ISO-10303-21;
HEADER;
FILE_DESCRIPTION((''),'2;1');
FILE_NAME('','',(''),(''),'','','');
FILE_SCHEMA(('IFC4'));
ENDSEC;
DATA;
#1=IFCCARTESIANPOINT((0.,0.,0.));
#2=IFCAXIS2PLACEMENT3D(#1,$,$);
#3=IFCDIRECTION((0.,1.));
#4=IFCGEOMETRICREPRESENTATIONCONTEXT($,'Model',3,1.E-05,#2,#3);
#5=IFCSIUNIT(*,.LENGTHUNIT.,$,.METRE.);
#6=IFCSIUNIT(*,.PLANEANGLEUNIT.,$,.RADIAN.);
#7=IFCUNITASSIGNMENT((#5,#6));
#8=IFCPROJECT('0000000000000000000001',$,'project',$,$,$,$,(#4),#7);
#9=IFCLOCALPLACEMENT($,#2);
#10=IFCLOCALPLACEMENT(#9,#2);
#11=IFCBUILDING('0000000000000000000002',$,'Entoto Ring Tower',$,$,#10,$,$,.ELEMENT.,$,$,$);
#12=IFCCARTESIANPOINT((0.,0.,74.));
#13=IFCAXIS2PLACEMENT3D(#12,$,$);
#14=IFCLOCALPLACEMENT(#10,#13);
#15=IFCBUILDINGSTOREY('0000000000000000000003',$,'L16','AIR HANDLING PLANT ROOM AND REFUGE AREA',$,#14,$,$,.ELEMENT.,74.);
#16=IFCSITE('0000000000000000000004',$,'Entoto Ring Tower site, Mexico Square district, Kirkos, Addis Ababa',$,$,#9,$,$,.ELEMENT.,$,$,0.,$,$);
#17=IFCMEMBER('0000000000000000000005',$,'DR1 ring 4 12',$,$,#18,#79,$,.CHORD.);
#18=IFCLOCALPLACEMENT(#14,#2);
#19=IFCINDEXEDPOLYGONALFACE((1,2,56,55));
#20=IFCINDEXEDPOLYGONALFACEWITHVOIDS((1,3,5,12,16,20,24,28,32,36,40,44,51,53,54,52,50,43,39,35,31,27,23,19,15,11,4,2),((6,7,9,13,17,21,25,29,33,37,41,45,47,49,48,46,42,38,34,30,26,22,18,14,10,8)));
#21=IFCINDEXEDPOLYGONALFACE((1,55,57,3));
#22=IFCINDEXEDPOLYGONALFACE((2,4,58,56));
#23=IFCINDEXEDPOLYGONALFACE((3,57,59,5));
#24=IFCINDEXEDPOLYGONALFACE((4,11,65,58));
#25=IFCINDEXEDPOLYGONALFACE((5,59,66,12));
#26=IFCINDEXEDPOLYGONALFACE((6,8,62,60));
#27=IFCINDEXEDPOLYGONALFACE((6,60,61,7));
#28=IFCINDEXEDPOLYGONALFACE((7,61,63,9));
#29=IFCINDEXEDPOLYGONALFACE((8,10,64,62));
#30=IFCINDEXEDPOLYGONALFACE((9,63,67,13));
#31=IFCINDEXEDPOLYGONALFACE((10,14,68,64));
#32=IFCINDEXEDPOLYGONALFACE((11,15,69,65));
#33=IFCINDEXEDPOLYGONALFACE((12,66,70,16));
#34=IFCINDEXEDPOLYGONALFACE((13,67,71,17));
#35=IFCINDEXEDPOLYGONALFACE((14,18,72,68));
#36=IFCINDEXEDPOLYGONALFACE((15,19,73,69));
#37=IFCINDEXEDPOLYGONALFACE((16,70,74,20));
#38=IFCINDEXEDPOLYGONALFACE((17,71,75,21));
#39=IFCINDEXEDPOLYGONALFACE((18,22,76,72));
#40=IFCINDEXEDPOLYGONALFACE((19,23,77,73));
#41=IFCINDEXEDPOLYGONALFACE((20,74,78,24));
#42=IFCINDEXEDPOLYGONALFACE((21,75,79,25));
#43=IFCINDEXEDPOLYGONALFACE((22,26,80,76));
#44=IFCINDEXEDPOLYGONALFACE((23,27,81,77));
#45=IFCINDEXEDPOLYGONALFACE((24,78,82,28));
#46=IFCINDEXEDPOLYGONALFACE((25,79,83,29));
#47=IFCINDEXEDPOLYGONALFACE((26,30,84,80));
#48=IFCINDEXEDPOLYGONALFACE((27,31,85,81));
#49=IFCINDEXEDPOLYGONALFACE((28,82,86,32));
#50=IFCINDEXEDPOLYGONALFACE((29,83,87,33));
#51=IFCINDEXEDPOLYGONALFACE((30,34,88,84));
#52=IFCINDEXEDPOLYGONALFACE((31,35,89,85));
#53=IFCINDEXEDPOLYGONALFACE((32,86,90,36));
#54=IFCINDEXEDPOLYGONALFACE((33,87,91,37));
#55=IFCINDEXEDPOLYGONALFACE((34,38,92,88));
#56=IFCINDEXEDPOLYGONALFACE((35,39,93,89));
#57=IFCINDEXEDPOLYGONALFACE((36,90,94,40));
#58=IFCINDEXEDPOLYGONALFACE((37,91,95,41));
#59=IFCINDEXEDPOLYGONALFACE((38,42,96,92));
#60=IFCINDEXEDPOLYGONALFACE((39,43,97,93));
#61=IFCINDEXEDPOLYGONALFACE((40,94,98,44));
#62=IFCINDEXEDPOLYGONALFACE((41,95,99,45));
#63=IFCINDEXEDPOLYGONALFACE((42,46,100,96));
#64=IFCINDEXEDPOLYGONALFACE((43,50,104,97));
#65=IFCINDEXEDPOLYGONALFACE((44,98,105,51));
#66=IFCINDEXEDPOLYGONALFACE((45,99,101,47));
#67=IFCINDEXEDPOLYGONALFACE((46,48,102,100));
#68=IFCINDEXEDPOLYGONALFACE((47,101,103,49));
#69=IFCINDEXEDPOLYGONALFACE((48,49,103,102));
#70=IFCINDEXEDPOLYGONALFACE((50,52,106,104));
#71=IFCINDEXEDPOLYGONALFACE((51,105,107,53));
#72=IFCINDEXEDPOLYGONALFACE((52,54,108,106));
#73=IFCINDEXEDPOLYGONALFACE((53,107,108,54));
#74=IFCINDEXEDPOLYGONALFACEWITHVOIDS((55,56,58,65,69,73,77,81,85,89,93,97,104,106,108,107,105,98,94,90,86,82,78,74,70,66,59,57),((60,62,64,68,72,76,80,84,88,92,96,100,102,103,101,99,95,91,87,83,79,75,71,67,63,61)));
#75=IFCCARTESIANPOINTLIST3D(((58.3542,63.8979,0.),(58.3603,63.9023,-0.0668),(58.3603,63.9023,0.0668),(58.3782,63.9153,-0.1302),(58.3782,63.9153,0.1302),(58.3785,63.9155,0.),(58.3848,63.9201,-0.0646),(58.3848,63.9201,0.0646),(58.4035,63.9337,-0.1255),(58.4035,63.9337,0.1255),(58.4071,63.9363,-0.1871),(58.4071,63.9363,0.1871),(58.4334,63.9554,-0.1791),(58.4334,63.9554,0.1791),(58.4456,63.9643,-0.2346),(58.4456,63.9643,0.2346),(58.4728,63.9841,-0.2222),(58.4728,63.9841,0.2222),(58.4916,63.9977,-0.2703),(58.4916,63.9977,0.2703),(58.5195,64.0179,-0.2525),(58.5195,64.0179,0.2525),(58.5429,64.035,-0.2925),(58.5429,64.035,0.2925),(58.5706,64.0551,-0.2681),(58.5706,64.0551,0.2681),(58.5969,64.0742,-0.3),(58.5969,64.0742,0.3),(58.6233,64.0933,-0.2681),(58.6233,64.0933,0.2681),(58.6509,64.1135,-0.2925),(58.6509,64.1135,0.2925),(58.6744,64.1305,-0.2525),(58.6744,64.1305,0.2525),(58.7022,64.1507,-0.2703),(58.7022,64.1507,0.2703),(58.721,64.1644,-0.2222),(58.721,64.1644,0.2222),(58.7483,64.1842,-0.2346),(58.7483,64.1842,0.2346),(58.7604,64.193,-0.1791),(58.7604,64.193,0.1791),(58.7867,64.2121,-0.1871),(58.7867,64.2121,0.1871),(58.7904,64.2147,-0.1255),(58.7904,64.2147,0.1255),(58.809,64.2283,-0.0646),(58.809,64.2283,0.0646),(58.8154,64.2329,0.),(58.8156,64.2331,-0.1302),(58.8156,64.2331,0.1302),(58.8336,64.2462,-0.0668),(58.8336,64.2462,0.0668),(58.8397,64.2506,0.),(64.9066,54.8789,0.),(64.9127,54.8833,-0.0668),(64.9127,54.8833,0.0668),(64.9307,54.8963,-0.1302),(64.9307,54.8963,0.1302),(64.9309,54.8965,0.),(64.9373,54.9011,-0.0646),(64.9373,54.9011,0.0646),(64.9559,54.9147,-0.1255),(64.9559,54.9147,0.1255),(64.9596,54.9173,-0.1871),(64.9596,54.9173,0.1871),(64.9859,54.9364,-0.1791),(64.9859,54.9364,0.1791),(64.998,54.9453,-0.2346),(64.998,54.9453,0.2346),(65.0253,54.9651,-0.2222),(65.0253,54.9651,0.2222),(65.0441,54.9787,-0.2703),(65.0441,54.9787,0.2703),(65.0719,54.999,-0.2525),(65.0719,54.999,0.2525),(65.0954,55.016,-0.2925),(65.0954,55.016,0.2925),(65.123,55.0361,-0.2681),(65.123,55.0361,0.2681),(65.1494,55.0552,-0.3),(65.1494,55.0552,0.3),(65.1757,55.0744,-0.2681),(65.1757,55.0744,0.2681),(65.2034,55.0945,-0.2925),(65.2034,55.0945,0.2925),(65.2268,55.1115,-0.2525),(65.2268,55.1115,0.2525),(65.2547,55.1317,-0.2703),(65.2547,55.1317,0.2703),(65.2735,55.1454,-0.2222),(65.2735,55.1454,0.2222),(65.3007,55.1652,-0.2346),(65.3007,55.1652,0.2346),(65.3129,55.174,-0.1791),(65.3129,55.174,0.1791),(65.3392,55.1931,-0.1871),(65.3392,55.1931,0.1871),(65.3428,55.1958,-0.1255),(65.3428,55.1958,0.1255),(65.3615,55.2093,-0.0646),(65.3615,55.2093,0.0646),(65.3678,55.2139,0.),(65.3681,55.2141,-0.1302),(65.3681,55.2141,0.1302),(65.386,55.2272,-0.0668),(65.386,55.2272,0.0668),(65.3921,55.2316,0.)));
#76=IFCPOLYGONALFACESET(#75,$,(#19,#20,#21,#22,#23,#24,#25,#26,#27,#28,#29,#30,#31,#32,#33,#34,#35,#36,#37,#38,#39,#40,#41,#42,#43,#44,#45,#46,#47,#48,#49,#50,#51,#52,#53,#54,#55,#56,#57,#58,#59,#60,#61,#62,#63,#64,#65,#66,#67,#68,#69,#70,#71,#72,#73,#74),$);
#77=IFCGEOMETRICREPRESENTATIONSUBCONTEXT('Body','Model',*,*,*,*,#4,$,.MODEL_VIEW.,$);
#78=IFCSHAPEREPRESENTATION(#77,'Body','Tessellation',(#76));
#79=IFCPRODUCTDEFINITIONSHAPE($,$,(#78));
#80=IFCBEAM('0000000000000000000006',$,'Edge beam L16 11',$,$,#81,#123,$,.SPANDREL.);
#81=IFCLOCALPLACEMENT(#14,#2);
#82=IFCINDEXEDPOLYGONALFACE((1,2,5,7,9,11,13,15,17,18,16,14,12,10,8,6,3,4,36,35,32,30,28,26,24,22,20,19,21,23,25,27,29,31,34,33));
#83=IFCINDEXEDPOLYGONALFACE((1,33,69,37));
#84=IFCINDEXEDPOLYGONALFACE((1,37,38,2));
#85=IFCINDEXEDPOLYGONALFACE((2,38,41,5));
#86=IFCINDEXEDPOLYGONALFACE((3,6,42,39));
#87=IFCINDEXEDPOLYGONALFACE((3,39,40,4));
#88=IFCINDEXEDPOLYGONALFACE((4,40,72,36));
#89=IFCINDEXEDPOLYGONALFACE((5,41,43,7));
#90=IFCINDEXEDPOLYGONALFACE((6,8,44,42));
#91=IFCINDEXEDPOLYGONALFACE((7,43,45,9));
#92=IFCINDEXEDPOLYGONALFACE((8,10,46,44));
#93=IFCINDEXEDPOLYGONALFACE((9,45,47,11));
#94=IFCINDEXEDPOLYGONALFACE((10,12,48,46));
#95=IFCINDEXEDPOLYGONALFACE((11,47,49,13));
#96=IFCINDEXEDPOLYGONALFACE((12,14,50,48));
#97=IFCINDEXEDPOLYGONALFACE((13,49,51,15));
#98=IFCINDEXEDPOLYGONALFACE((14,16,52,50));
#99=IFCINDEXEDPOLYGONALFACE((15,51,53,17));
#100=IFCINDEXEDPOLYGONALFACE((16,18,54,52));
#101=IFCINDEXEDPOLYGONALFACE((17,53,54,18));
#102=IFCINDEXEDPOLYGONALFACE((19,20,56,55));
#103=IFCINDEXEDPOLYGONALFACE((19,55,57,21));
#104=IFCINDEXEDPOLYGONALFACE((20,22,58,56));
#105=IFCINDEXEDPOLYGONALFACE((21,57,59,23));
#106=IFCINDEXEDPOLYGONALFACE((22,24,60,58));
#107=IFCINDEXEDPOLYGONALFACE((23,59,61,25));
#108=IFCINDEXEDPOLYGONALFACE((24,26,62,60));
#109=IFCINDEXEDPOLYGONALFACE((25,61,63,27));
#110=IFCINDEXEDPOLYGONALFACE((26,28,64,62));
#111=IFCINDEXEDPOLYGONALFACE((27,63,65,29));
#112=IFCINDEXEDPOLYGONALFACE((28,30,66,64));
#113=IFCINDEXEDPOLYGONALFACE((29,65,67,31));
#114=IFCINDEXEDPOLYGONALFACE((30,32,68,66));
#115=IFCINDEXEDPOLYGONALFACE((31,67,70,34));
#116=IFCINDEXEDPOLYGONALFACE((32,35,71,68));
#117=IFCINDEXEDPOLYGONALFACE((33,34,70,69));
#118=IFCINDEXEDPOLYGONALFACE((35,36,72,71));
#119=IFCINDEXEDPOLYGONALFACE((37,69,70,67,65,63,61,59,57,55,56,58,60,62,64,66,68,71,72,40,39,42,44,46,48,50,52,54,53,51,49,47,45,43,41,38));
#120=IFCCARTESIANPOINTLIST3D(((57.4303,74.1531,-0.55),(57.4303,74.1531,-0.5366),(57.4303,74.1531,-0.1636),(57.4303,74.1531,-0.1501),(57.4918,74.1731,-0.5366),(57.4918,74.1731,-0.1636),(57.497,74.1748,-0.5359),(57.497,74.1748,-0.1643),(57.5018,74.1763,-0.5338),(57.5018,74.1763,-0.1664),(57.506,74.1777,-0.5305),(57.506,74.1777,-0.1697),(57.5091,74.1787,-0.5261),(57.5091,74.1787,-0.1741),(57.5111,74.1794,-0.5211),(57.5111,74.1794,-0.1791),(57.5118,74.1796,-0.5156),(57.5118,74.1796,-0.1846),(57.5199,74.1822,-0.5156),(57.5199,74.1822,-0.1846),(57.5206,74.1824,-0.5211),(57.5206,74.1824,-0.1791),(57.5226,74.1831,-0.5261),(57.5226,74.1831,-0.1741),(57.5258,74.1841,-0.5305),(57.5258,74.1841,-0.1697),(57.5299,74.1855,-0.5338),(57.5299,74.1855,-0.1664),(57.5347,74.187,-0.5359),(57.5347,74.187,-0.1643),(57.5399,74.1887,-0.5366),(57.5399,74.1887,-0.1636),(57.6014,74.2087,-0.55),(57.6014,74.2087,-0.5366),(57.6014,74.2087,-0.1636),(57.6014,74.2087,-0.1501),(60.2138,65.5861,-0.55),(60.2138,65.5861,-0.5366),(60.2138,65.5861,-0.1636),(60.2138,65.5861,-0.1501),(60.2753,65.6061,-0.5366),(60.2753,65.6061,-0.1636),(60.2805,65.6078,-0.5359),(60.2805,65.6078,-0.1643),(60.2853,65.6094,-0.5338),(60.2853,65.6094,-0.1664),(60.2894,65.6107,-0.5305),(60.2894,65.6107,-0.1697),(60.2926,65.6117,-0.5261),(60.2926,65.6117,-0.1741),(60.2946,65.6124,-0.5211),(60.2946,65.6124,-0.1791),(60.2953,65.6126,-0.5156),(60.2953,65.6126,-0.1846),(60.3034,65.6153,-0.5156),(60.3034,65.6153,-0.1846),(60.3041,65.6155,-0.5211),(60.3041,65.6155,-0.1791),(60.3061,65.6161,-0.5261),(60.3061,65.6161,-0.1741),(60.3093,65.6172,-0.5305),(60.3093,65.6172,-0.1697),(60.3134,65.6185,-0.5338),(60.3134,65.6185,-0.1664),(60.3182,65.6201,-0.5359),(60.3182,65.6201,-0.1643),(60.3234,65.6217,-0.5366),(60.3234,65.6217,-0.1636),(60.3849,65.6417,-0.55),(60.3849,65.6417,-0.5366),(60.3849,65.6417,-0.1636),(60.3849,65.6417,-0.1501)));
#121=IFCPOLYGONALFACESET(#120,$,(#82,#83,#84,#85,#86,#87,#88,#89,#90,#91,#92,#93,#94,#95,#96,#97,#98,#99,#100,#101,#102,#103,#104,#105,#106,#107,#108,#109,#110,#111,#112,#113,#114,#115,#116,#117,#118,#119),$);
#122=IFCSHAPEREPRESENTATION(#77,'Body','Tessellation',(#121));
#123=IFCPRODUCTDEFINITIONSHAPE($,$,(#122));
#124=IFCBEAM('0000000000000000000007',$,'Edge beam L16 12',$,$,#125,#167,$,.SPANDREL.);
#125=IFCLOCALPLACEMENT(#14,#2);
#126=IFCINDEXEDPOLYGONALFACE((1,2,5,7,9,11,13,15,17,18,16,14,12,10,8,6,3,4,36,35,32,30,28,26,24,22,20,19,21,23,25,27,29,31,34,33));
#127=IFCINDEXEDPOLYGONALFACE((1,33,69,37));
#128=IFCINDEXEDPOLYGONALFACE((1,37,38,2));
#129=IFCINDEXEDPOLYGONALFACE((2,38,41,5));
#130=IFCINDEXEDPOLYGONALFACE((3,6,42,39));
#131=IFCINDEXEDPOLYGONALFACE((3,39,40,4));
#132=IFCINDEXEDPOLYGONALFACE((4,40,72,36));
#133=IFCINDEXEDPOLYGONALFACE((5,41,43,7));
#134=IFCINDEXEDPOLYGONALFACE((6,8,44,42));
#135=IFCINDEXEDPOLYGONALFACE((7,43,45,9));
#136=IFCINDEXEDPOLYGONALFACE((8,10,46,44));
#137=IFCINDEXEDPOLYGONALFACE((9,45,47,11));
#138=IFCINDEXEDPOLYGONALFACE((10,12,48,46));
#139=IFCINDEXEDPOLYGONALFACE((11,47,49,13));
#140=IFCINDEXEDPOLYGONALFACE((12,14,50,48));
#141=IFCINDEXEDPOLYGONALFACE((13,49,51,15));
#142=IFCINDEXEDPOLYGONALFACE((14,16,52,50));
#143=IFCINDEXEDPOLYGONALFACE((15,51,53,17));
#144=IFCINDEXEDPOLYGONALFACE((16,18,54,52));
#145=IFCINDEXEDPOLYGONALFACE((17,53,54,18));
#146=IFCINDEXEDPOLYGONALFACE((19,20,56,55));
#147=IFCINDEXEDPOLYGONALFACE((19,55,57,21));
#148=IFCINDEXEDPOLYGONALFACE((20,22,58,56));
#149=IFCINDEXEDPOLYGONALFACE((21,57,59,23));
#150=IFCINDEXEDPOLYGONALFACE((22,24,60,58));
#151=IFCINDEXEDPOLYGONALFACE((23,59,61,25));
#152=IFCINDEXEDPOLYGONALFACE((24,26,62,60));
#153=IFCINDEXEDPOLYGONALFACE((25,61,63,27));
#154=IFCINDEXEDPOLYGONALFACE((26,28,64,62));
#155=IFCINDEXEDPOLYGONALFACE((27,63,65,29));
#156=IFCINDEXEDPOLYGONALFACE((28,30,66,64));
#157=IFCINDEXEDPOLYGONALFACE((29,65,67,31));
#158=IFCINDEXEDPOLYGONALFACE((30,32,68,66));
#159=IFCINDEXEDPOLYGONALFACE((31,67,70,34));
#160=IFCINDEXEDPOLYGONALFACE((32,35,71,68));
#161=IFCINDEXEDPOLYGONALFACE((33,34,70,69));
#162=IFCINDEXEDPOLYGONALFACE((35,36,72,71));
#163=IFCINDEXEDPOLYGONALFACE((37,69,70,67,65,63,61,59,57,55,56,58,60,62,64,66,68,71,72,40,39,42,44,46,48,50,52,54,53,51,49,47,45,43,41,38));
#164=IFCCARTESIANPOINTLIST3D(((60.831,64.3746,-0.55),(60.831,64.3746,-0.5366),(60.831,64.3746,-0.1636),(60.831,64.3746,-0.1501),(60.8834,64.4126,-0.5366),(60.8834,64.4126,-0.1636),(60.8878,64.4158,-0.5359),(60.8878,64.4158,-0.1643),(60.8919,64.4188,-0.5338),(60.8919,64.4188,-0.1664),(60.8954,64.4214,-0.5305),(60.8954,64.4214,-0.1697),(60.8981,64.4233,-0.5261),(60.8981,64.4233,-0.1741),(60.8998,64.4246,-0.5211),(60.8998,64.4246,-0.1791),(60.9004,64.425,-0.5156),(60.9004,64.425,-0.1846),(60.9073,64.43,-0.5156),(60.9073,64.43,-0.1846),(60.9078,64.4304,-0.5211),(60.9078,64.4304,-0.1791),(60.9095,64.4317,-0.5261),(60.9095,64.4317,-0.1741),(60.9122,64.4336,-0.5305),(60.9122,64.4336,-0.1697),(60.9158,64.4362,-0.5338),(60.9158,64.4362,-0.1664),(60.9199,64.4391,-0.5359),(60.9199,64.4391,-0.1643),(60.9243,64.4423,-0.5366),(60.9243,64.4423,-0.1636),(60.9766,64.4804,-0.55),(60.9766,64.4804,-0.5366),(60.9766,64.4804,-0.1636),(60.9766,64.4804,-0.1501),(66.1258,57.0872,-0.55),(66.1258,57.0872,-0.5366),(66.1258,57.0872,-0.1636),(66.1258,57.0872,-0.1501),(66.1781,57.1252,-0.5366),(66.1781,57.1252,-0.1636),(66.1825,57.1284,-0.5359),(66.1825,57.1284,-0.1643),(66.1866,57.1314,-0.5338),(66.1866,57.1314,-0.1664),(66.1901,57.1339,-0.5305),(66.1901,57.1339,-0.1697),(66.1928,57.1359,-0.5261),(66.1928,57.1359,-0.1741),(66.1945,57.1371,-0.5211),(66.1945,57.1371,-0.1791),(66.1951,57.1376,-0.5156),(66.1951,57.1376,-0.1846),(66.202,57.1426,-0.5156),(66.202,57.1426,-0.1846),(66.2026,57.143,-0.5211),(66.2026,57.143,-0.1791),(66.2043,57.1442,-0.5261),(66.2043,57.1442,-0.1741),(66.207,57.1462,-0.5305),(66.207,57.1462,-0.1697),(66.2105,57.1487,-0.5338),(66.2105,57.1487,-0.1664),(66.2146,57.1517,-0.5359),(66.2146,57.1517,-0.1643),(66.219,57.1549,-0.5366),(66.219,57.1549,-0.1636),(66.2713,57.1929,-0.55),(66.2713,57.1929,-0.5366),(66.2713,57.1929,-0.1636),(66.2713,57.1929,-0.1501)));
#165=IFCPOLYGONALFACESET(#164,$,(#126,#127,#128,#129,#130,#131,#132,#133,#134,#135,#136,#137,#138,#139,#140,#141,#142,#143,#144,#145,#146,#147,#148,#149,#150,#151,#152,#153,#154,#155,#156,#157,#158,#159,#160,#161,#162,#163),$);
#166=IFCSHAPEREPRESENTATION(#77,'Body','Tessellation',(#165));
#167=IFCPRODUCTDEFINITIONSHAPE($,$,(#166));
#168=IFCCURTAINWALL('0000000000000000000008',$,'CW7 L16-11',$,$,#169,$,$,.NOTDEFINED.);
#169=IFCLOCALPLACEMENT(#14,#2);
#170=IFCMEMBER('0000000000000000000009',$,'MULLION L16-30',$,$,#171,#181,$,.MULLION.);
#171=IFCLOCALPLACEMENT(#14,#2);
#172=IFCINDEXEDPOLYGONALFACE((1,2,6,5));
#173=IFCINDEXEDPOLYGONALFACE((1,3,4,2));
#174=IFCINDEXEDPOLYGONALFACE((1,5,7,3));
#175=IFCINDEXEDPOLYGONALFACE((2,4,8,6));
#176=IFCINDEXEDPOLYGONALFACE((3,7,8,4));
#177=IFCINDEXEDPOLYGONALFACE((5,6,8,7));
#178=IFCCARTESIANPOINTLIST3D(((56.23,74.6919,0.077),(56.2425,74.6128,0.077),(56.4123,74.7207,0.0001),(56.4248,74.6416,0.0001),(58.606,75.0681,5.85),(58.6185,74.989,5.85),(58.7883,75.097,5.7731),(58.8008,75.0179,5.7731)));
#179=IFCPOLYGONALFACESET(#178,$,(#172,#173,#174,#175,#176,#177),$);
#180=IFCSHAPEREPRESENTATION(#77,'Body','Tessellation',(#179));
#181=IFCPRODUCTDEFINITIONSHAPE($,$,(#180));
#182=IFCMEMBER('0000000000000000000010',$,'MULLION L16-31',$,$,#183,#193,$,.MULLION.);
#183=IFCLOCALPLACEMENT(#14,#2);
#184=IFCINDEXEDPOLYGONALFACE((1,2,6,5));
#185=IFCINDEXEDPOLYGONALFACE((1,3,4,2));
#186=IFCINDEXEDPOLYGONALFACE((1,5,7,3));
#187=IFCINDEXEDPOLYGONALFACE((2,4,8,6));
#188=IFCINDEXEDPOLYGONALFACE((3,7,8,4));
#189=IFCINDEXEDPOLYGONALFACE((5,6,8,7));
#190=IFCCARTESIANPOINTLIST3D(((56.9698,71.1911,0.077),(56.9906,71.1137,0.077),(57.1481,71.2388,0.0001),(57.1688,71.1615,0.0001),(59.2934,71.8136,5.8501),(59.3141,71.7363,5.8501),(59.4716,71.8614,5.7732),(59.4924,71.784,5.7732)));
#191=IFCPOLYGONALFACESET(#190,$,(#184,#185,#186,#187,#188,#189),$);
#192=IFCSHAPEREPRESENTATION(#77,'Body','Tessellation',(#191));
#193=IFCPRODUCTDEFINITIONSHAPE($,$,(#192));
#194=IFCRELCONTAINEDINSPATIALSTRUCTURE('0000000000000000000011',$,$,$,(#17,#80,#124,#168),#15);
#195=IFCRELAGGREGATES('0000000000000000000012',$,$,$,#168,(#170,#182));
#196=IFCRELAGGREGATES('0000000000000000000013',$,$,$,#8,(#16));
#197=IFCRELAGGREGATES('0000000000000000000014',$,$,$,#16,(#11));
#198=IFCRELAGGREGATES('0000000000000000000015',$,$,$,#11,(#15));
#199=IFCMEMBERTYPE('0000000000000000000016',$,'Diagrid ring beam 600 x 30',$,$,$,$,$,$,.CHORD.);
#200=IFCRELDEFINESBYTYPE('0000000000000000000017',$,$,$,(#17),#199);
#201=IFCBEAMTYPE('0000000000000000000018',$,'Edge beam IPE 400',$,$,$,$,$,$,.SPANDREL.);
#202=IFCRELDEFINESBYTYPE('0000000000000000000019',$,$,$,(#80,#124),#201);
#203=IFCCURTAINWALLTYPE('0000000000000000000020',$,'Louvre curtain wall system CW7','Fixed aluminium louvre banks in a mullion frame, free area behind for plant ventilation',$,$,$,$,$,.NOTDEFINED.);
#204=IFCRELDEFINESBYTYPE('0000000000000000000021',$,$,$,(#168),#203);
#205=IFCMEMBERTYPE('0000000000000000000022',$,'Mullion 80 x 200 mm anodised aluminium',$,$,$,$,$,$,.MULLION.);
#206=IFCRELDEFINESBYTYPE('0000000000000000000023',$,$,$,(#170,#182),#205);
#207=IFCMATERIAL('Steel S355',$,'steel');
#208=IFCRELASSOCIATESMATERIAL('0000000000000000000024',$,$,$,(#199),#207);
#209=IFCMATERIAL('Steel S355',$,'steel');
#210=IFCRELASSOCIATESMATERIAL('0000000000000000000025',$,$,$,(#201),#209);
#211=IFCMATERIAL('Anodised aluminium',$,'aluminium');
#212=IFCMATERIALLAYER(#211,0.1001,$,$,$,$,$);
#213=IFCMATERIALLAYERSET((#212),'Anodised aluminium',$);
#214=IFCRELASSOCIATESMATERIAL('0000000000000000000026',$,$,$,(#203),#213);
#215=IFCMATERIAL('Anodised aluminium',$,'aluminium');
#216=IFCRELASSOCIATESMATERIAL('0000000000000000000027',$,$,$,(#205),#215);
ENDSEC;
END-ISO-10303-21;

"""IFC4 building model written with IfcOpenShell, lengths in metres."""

from ifc_helpers import new_model, si_unit, direction, frame, origin, origin_2d, place, context, subcontext, project, spatial, rectangle, circle, hollow_circle, i_section, extrude, material, layer, layer_set, material_profile, profile_set, type_object, element, aggregate, save


model = new_model("IFC4")

# Units and contexts
model_context = context("Model", 3, precision=1e-05, world=origin(), true_north=direction((0.0, 1.0)))
body_context = subcontext(model_context, "Body", "Model", "MODEL_VIEW")
ifc_project = project(units=[si_unit("LENGTHUNIT", "METRE"), si_unit("PLANEANGLEUNIT", "RADIAN")], contexts=[model_context])

# Site, building, storey
site_placement = place(None, origin())
site = spatial("IfcSite", under=ifc_project, at=site_placement, Name="Entoto Ring Tower site, Mexico Square district, Kirkos, Addis Ababa", CompositionType="ELEMENT", RefElevation=0.0)
building_placement = place(site_placement, origin())
building = spatial("IfcBuilding", under=site, at=building_placement, Name="Entoto Ring Tower", CompositionType="ELEMENT")
storey_placement = place(building_placement, frame((0.0, 0.0, 74.0)))
storey = spatial("IfcBuildingStorey", under=building, at=storey_placement, Name="L16", Description="AIR HANDLING PLANT ROOM AND REFUGE AREA", CompositionType="ELEMENT", Elevation=74.0)

# Member
ifc_material_1 = material(Name="Steel S355", Category="steel")
ifc_material_profile_1 = material_profile(ifc_material_1, hollow_circle(Radius=0.3, WallThickness=0.03, at=origin_2d()), Name="CHS 600 x 30")
ifc_material_2 = material(Name="Concrete C60/75", Category="concrete")
ifc_material_profile_2 = material_profile(ifc_material_2, circle(Radius=0.27, at=origin_2d()), Name="Concrete C60/75 infill")
ifc_profile_set_1 = profile_set([ifc_material_profile_1, ifc_material_profile_2], Name="Steel S355")
member_type_1 = type_object("IfcMemberType", Name="Diagrid ring beam 600 x 30", PredefinedType="CHORD", material=ifc_profile_set_1)
for number, where, z_axis, x_axis, name in (
    (1, (58.5969, 64.0742, 0.0), (0.587772, -0.809027, 0.0), (0.809027, 0.587772, 0.0), "DR1 ring 4 12"),
):
    element("IfcMember", number, at=place(storey_placement, frame(where, z_axis=z_axis, x_axis=x_axis)), inside=storey, type_object=member_type_1, Name=name, PredefinedType="CHORD", context=body_context, shape_type="SweptSolid", body=[
        extrude(hollow_circle(Radius=0.3, WallThickness=0.03, at=origin_2d()), origin(), (0.0, 0.0, 1.0), 11.1479),
    ])

# Beams
ifc_material_3 = material(Name="Steel S355", Category="steel")
ifc_material_profile_3 = material_profile(ifc_material_3, i_section(OverallWidth=0.1799, OverallDepth=0.3999, WebThickness=0.0085, FlangeThickness=0.0134, FilletRadius=0.021, at=origin_2d()), Name="IPE 400")
ifc_profile_set_2 = profile_set([ifc_material_profile_3], Name="Steel S355")
beam_type = type_object("IfcBeamType", Name="Edge beam IPE 400", PredefinedType="SPANDREL", material=ifc_profile_set_2)
for number, where, z_axis, x_axis, name in (
    (2, (57.5159, 74.1809, -0.3501), (0.309006, -0.95106, 0.0), (0.95106, 0.309006, 0.0), "Edge beam L16 11"),
    (3, (60.9038, 64.4275, -0.3501), (0.587793, -0.809011, 0.0), (0.809011, 0.587793, 0.0), "Edge beam L16 12"),
):
    element("IfcBeam", number, at=place(storey_placement, frame(where, z_axis=z_axis, x_axis=x_axis)), inside=storey, type_object=beam_type, Name=name, PredefinedType="SPANDREL", context=body_context, shape_type="SweptSolid", body=[
        extrude(i_section(OverallWidth=0.1799, OverallDepth=0.3999, WebThickness=0.0085, FlangeThickness=0.0134, FilletRadius=0.021, at=origin_2d()), origin(), (0.0, 0.0, 1.0), 9.0078),
    ])

# Curtain wall, members
ifc_material_4 = material(Name="Anodised aluminium", Category="aluminium")
ifc_layer_1 = layer(ifc_material_4, 0.1001)
ifc_layer_set_1 = layer_set([ifc_layer_1], Name="Anodised aluminium")
curtain_wall_type = type_object("IfcCurtainWallType", Name="Louvre curtain wall system CW7", Description="Fixed aluminium louvre banks in a mullion frame, free area behind for plant ventilation", PredefinedType="NOTDEFINED", material=ifc_layer_set_1)
curtain_wall_1_placement = place(storey_placement, origin())
curtain_wall_1 = element("IfcCurtainWall", 4, at=curtain_wall_1_placement, inside=storey, type_object=curtain_wall_type, Name="CW7 L16-11", PredefinedType="NOTDEFINED")
ifc_material_5 = material(Name="Anodised aluminium", Category="aluminium")
ifc_material_profile_4 = material_profile(ifc_material_5, rectangle(XDim=0.0801, YDim=0.2, at=origin_2d()), Name="Mullion 80 x 200 mm anodised aluminium")
ifc_profile_set_3 = profile_set([ifc_material_profile_4], Name="Anodised aluminium")
member_type_2 = type_object("IfcMemberType", Name="Mullion 80 x 200 mm anodised aluminium", PredefinedType="MULLION", material=ifc_profile_set_3)
member_1_placement = place(storey_placement, frame((56.3274, 74.6667, 0.0386), z_axis=(0.379907, 0.060156, 0.923067), x_axis=(-0.156395, 0.987695, 0.0)))
member_1 = element("IfcMember", 5, at=member_1_placement, type_object=member_type_2, Name="MULLION L16-30", PredefinedType="MULLION", context=body_context, shape_type="SweptSolid", body=[
    extrude(rectangle(XDim=0.0801, YDim=0.2, at=origin_2d()), origin(), (0.0, 0.0, 1.0), 6.2542),
])
member_2_placement = place(storey_placement, frame((57.0693, 71.1763, 0.0386), z_axis=(0.371517, 0.099545, 0.923074), x_axis=(-0.258812, 0.965928, 0.0)))
member_2 = element("IfcMember", 6, at=member_2_placement, type_object=member_type_2, Name="MULLION L16-31", PredefinedType="MULLION", context=body_context, shape_type="SweptSolid", body=[
    extrude(rectangle(XDim=0.0801, YDim=0.2, at=origin_2d()), origin(), (0.0, 0.0, 1.0), 6.2542),
])
aggregate(curtain_wall_1, [member_1, member_2])

save(model, "model.ifc")
